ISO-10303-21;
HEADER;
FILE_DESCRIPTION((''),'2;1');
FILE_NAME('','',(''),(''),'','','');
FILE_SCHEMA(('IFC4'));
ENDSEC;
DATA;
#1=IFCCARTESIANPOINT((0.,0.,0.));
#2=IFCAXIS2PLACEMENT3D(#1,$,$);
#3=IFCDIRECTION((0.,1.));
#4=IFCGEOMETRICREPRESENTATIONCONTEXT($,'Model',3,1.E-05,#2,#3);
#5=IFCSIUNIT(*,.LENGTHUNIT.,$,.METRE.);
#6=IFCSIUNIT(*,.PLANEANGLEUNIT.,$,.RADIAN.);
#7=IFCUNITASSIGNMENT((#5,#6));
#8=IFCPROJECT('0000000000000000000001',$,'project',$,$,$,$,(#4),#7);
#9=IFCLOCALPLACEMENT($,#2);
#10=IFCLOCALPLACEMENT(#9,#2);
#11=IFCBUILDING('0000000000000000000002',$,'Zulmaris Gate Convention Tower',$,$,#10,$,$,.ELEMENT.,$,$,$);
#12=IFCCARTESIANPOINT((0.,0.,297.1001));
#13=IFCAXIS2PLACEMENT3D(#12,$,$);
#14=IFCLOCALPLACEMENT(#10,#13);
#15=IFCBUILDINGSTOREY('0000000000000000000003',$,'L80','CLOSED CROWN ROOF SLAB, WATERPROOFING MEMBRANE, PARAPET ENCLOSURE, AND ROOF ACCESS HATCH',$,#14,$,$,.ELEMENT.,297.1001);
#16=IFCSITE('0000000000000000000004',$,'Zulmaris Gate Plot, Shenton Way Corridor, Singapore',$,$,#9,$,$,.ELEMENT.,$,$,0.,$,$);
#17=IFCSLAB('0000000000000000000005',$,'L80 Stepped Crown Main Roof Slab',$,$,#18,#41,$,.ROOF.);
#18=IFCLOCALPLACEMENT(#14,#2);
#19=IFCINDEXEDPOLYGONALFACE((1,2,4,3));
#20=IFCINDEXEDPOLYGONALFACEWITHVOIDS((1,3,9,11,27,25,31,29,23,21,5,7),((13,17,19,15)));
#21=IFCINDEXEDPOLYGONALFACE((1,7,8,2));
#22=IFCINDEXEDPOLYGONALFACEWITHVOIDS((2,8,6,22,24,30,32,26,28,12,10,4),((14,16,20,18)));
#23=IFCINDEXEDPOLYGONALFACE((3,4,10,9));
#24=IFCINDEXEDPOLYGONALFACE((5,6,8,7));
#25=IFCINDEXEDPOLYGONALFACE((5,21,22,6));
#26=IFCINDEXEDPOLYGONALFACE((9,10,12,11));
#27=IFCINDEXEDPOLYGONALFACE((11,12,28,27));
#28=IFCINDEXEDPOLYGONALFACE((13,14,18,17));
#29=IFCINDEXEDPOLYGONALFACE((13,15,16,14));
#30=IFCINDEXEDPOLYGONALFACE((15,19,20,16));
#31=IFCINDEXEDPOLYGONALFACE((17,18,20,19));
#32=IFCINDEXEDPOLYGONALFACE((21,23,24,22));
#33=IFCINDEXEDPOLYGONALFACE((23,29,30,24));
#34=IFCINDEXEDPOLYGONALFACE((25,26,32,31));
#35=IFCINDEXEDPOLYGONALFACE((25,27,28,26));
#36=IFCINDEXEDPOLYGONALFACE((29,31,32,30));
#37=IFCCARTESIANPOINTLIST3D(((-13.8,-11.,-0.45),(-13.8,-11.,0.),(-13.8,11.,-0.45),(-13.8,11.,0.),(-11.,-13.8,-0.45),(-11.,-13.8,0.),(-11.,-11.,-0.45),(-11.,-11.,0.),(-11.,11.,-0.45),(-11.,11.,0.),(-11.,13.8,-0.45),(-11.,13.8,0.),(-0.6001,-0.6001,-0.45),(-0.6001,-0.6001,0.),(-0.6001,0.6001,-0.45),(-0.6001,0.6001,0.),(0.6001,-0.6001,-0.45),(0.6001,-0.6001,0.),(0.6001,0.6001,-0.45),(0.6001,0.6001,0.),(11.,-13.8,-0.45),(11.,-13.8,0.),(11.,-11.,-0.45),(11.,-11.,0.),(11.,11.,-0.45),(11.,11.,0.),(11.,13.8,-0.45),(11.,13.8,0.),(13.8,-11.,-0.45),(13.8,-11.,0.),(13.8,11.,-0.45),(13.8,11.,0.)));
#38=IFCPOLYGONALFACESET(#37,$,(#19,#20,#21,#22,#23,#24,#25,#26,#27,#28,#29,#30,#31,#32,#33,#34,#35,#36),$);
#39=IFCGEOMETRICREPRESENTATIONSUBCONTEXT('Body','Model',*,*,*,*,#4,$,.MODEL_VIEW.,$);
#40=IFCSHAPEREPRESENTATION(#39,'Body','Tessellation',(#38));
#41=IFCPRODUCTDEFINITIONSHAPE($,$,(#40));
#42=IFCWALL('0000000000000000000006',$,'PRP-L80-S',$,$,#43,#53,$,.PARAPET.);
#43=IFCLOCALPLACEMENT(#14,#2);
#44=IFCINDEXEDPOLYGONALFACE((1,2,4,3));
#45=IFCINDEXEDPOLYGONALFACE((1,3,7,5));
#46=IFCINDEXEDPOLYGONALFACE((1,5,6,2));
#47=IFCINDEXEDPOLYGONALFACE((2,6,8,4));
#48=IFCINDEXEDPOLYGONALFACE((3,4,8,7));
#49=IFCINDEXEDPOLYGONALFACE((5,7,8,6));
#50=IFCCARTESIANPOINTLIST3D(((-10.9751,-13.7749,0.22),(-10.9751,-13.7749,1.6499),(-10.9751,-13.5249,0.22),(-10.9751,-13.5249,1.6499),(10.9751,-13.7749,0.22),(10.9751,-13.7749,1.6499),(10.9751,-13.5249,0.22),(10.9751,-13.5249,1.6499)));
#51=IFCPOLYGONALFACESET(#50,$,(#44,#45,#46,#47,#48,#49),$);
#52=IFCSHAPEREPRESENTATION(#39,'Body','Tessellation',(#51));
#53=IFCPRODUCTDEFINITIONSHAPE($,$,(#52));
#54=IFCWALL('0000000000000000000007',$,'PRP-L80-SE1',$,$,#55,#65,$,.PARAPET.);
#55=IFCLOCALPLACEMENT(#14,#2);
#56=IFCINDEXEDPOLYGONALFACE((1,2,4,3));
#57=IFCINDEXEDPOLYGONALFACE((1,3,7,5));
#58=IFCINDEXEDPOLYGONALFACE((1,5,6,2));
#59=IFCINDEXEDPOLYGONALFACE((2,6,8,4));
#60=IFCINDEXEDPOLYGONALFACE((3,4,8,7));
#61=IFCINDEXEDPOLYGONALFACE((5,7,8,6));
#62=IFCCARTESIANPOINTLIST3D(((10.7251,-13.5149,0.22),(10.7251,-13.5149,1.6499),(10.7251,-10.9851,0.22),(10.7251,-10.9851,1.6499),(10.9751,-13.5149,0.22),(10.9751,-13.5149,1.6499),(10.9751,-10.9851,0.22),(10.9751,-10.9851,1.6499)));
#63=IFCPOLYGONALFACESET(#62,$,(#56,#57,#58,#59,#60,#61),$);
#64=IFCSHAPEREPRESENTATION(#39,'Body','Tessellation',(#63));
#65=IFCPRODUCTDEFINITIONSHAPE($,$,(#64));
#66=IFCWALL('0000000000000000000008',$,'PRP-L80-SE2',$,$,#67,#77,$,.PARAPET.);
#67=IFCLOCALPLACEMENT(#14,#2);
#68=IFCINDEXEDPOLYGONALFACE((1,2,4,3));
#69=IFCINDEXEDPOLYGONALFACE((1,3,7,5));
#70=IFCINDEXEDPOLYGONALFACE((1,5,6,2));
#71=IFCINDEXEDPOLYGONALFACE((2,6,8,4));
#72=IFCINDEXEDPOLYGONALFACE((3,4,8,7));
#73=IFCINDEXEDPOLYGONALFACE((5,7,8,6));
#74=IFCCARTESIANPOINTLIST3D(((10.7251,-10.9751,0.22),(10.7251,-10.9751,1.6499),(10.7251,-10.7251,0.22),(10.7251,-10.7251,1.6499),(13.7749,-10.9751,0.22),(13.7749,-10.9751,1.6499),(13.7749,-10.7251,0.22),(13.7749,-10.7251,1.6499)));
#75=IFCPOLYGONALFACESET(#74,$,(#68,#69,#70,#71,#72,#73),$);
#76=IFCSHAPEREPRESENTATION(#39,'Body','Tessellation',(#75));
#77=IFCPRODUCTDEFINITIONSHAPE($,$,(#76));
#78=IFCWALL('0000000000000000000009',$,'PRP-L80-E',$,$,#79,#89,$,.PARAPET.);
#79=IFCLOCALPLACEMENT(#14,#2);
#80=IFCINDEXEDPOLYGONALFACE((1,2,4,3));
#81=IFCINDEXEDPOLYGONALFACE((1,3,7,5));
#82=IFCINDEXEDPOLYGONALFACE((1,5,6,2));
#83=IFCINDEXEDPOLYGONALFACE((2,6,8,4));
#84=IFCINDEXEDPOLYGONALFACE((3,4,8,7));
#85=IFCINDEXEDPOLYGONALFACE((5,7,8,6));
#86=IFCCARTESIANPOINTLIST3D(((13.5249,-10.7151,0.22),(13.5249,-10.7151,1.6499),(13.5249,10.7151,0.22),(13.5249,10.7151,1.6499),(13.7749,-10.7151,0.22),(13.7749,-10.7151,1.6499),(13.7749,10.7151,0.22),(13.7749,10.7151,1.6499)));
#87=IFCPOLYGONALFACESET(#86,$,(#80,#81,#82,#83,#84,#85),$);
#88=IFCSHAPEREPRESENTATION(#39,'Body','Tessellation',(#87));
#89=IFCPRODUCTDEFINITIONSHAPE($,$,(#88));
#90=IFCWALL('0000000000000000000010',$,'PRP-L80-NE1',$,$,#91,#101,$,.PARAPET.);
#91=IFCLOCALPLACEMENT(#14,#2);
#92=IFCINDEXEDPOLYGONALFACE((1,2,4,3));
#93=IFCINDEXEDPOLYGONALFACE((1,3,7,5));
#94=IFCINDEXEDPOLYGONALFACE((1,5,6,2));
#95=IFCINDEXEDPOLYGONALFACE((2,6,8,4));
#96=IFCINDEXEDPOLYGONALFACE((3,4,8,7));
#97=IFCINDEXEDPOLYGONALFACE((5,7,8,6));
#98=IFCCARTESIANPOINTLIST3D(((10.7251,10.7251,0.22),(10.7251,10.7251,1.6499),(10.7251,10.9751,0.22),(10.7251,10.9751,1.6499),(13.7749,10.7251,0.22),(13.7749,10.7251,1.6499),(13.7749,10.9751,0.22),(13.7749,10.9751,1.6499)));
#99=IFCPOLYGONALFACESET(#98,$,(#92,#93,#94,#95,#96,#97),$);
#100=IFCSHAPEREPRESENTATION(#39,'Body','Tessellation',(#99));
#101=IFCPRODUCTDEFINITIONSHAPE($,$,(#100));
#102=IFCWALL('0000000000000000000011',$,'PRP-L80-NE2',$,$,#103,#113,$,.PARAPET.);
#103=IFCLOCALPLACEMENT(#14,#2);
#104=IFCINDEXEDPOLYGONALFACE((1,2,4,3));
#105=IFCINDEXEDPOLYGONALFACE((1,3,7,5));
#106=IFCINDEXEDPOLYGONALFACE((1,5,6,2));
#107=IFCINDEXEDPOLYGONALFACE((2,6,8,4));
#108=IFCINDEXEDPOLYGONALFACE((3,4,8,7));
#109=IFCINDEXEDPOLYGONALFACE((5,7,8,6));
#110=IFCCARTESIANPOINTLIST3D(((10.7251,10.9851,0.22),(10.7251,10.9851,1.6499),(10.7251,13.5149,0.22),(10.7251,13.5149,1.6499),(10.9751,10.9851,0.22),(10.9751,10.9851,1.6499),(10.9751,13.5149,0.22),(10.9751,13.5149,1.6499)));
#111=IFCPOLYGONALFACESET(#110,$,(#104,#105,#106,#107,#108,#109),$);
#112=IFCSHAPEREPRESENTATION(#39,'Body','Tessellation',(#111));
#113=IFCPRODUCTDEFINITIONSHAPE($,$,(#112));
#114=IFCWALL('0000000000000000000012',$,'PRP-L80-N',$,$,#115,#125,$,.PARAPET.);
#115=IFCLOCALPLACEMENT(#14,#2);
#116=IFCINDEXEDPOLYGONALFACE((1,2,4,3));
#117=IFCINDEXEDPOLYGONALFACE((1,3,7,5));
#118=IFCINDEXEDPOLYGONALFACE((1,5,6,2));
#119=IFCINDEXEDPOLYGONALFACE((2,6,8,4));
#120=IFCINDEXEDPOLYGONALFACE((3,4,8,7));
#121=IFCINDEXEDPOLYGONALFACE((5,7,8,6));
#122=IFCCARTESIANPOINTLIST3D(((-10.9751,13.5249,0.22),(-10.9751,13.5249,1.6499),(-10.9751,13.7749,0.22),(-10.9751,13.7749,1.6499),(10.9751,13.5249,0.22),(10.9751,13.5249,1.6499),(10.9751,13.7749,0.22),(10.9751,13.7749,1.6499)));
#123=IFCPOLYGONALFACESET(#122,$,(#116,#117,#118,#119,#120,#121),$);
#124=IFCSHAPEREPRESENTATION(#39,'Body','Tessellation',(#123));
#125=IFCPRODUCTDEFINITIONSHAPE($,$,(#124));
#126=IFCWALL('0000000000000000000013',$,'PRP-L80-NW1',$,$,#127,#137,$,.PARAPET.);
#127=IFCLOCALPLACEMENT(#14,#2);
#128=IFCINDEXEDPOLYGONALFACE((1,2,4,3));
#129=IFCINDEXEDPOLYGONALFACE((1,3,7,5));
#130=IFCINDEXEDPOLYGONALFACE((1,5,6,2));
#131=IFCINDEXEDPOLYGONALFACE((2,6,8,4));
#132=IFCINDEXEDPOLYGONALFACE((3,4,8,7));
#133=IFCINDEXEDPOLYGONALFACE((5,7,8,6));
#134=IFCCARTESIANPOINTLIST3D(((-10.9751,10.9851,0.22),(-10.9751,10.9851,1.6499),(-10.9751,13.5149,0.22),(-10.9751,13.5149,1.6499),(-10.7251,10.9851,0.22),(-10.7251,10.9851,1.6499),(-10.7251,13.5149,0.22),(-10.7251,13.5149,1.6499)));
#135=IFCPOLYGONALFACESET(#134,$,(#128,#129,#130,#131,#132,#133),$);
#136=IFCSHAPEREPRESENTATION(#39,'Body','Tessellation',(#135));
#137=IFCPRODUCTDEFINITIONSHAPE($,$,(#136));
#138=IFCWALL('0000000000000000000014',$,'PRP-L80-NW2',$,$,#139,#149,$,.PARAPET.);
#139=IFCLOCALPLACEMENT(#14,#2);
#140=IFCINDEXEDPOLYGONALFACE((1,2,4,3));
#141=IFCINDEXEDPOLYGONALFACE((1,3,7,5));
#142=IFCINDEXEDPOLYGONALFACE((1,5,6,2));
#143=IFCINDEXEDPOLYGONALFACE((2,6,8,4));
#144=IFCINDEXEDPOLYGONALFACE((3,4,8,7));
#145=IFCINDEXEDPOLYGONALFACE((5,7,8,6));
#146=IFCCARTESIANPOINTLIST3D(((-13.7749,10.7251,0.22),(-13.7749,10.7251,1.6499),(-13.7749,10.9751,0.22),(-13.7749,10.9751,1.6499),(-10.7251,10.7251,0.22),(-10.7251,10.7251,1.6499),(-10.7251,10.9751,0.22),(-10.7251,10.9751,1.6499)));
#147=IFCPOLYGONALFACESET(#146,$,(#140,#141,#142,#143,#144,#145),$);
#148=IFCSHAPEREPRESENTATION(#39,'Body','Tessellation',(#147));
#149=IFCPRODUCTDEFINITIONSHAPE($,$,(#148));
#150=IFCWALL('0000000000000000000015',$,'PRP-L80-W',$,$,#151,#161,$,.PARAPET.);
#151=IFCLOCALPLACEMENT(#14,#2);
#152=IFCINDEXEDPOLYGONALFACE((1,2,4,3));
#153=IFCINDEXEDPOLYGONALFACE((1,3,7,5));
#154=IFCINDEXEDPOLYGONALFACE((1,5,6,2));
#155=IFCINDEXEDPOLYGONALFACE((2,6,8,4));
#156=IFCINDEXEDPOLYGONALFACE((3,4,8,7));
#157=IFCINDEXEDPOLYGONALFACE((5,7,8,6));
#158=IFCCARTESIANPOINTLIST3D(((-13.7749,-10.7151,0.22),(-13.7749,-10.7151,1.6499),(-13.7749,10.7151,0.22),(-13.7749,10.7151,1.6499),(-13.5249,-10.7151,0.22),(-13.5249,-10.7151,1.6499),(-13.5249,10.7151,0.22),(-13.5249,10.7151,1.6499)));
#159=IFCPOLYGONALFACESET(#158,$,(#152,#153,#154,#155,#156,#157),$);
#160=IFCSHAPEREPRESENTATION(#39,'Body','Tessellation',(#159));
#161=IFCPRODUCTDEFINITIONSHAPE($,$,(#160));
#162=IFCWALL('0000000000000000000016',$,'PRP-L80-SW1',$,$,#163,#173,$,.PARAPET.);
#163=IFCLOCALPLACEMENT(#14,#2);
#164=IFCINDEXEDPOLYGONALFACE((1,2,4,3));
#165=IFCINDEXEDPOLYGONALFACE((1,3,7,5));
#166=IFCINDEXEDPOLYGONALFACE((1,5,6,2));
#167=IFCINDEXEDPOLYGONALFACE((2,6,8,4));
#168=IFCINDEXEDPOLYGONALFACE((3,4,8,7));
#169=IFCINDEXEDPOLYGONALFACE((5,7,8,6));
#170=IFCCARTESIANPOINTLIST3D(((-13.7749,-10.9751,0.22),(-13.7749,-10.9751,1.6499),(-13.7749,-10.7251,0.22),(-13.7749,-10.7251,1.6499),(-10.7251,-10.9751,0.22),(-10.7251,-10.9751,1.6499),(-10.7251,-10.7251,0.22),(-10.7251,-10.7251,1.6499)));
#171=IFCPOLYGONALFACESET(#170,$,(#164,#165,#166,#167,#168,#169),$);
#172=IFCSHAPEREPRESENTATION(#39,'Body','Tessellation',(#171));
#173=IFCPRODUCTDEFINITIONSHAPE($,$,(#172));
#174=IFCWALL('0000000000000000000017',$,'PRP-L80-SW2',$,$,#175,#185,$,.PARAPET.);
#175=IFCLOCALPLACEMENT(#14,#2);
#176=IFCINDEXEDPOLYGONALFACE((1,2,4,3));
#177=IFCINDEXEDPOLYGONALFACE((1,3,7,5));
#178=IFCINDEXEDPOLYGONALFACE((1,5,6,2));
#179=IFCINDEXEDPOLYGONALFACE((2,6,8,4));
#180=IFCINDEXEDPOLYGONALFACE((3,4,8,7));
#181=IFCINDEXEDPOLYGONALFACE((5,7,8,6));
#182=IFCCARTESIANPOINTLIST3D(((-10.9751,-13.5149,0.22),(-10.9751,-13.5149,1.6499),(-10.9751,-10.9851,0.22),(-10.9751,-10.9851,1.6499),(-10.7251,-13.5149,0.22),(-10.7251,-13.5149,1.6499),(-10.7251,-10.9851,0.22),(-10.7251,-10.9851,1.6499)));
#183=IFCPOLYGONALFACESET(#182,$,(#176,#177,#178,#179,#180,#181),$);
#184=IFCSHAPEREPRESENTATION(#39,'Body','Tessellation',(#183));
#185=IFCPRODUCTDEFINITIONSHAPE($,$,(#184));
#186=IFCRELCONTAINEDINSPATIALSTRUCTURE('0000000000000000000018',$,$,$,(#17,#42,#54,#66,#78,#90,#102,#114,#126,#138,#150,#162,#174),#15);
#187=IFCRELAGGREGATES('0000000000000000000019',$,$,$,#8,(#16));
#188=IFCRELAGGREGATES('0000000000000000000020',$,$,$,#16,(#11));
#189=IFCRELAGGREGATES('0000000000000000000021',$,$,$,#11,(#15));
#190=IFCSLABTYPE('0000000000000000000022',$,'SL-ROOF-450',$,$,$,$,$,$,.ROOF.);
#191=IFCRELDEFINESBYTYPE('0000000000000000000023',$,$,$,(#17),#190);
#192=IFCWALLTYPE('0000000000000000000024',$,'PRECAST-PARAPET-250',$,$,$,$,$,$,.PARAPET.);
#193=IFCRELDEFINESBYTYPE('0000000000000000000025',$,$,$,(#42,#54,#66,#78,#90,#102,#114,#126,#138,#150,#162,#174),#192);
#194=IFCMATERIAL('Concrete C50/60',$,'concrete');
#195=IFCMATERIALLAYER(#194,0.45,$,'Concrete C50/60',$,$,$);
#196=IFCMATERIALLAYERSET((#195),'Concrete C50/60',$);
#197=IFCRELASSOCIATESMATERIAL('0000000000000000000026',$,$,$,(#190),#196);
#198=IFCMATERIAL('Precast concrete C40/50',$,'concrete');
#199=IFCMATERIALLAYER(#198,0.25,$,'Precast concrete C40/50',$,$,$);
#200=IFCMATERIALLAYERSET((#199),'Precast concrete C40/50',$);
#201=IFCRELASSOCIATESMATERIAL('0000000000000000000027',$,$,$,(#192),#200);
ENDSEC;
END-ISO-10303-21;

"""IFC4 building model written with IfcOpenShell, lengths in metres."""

from ifc_helpers import new_model, si_unit, direction, frame, frame_2d, origin, place, context, subcontext, project, spatial, polyline, rectangle, outline, extrude, material, layer, layer_set, type_object, element, save


model = new_model("IFC4")

# Units and contexts
model_context = context("Model", 3, precision=1e-05, world=origin(), true_north=direction((0.0, 1.0)))
body_context = subcontext(model_context, "Body", "Model", "MODEL_VIEW")
ifc_project = project(units=[si_unit("LENGTHUNIT", "METRE"), si_unit("PLANEANGLEUNIT", "RADIAN")], contexts=[model_context])

# Site, building, storey
site_placement = place(None, origin())
site = spatial("IfcSite", under=ifc_project, at=site_placement, Name="Zulmaris Gate Plot, Shenton Way Corridor, Singapore", CompositionType="ELEMENT", RefElevation=0.0)
building_placement = place(site_placement, origin())
building = spatial("IfcBuilding", under=site, at=building_placement, Name="Zulmaris Gate Convention Tower", CompositionType="ELEMENT")
storey_placement = place(building_placement, frame((0.0, 0.0, 297.1001)))
storey = spatial("IfcBuildingStorey", under=building, at=storey_placement, Name="L80", Description="CLOSED CROWN ROOF SLAB, WATERPROOFING MEMBRANE, PARAPET ENCLOSURE, AND ROOF ACCESS HATCH", CompositionType="ELEMENT", Elevation=297.1001)

# Slab
ifc_material_1 = material(Name="Concrete C50/60", Category="concrete")
ifc_layer_1 = layer(ifc_material_1, 0.45, Name="Concrete C50/60")
ifc_layer_set_1 = layer_set([ifc_layer_1], Name="Concrete C50/60")
slab_type_1 = type_object("IfcSlabType", Name="SL-ROOF-450", PredefinedType="ROOF", material=ifc_layer_set_1)
slab_placement = place(storey_placement, frame((0.0, 0.0, -0.45)))
element("IfcSlab", 1, at=slab_placement, inside=storey, type_object=slab_type_1, Name="L80 Stepped Crown Main Roof Slab", PredefinedType="ROOF", context=body_context, shape_type="SweptSolid", body=[
    extrude(outline(polyline([(-11.0, -13.8), (11.0, -13.8), (11.0, -11.0), (13.8, -11.0), (13.8, 11.0), (11.0, 11.0), (11.0, 13.8), (-11.0, 13.8), (-11.0, 11.0), (-13.8, 11.0), (-13.8, -11.0), (-11.0, -11.0), (-11.0, -13.8)]), holes=[polyline([(-0.6001, -0.6001), (0.6001, -0.6001), (0.6001, 0.6001), (-0.6001, 0.6001), (-0.6001, -0.6001)])]), origin(), (0.0, 0.0, 1.0), 0.45),
])

# Walls
ifc_material_2 = material(Name="Precast concrete C40/50", Category="concrete")
ifc_layer_2 = layer(ifc_material_2, 0.25, Name="Precast concrete C40/50")
ifc_layer_set_2 = layer_set([ifc_layer_2], Name="Precast concrete C40/50")
wall_type = type_object("IfcWallType", Name="PRECAST-PARAPET-250", PredefinedType="PARAPET", material=ifc_layer_set_2)
wall_1_placement = place(storey_placement, frame((-10.9751, -13.6499, 0.22), z_axis=(0.0, 0.0, 1.0), x_axis=(1.0, 0.0, 0.0)))
element("IfcWall", 2, at=wall_1_placement, inside=storey, type_object=wall_type, Name="PRP-L80-S", PredefinedType="PARAPET", context=body_context, shape_type="SweptSolid", body=[
    extrude(rectangle(XDim=21.9502, YDim=0.25, at=frame_2d((10.9751, 0.0))), origin(), (0.0, 0.0, 1.0), 1.4299),
])
wall_2_placement = place(storey_placement, frame((10.8501, -13.5149, 0.22), z_axis=(0.0, 0.0, 1.0), x_axis=(0.0, 1.0, 0.0)))
element("IfcWall", 3, at=wall_2_placement, inside=storey, type_object=wall_type, Name="PRP-L80-SE1", PredefinedType="PARAPET", context=body_context, shape_type="SweptSolid", body=[
    extrude(rectangle(XDim=2.5298, YDim=0.25, at=frame_2d((1.2649, 0.0))), origin(), (0.0, 0.0, 1.0), 1.4299),
])
wall_3_placement = place(storey_placement, frame((10.7251, -10.8501, 0.22), z_axis=(0.0, 0.0, 1.0), x_axis=(1.0, 0.0, 0.0)))
element("IfcWall", 4, at=wall_3_placement, inside=storey, type_object=wall_type, Name="PRP-L80-SE2", PredefinedType="PARAPET", context=body_context, shape_type="SweptSolid", body=[
    extrude(rectangle(XDim=3.0498, YDim=0.25, at=frame_2d((1.5249, 0.0))), origin(), (0.0, 0.0, 1.0), 1.4299),
])
wall_4_placement = place(storey_placement, frame((13.6499, -10.7151, 0.22), z_axis=(0.0, 0.0, 1.0), x_axis=(0.0, 1.0, 0.0)))
element("IfcWall", 5, at=wall_4_placement, inside=storey, type_object=wall_type, Name="PRP-L80-E", PredefinedType="PARAPET", context=body_context, shape_type="SweptSolid", body=[
    extrude(rectangle(XDim=21.4302, YDim=0.25, at=frame_2d((10.7151, 0.0))), origin(), (0.0, 0.0, 1.0), 1.4299),
])
wall_5_placement = place(storey_placement, frame((13.7749, 10.8501, 0.22), z_axis=(0.0, 0.0, 1.0), x_axis=(-1.0, 0.0, 0.0)))
element("IfcWall", 6, at=wall_5_placement, inside=storey, type_object=wall_type, Name="PRP-L80-NE1", PredefinedType="PARAPET", context=body_context, shape_type="SweptSolid", body=[
    extrude(rectangle(XDim=3.0498, YDim=0.25, at=frame_2d((1.5249, 0.0))), origin(), (0.0, 0.0, 1.0), 1.4299),
])
wall_6_placement = place(storey_placement, frame((10.8501, 10.9851, 0.22), z_axis=(0.0, 0.0, 1.0), x_axis=(0.0, 1.0, 0.0)))
element("IfcWall", 7, at=wall_6_placement, inside=storey, type_object=wall_type, Name="PRP-L80-NE2", PredefinedType="PARAPET", context=body_context, shape_type="SweptSolid", body=[
    extrude(rectangle(XDim=2.5298, YDim=0.25, at=frame_2d((1.2649, 0.0))), origin(), (0.0, 0.0, 1.0), 1.4299),
])
wall_7_placement = place(storey_placement, frame((10.9751, 13.6499, 0.22), z_axis=(0.0, 0.0, 1.0), x_axis=(-1.0, 0.0, 0.0)))
element("IfcWall", 8, at=wall_7_placement, inside=storey, type_object=wall_type, Name="PRP-L80-N", PredefinedType="PARAPET", context=body_context, shape_type="SweptSolid", body=[
    extrude(rectangle(XDim=21.9502, YDim=0.25, at=frame_2d((10.9751, 0.0))), origin(), (0.0, 0.0, 1.0), 1.4299),
])
wall_8_placement = place(storey_placement, frame((-10.8501, 13.5149, 0.22), z_axis=(0.0, 0.0, 1.0), x_axis=(0.0, -1.0, 0.0)))
element("IfcWall", 9, at=wall_8_placement, inside=storey, type_object=wall_type, Name="PRP-L80-NW1", PredefinedType="PARAPET", context=body_context, shape_type="SweptSolid", body=[
    extrude(rectangle(XDim=2.5298, YDim=0.25, at=frame_2d((1.2649, 0.0))), origin(), (0.0, 0.0, 1.0), 1.4299),
])
wall_9_placement = place(storey_placement, frame((-10.7251, 10.8501, 0.22), z_axis=(0.0, 0.0, 1.0), x_axis=(-1.0, 0.0, 0.0)))
element("IfcWall", 10, at=wall_9_placement, inside=storey, type_object=wall_type, Name="PRP-L80-NW2", PredefinedType="PARAPET", context=body_context, shape_type="SweptSolid", body=[
    extrude(rectangle(XDim=3.0498, YDim=0.25, at=frame_2d((1.5249, 0.0))), origin(), (0.0, 0.0, 1.0), 1.4299),
])
wall_10_placement = place(storey_placement, frame((-13.6499, 10.7151, 0.22), z_axis=(0.0, 0.0, 1.0), x_axis=(0.0, -1.0, 0.0)))
element("IfcWall", 11, at=wall_10_placement, inside=storey, type_object=wall_type, Name="PRP-L80-W", PredefinedType="PARAPET", context=body_context, shape_type="SweptSolid", body=[
    extrude(rectangle(XDim=21.4302, YDim=0.25, at=frame_2d((10.7151, 0.0))), origin(), (0.0, 0.0, 1.0), 1.4299),
])
wall_11_placement = place(storey_placement, frame((-13.7749, -10.8501, 0.22), z_axis=(0.0, 0.0, 1.0), x_axis=(1.0, 0.0, 0.0)))
element("IfcWall", 12, at=wall_11_placement, inside=storey, type_object=wall_type, Name="PRP-L80-SW1", PredefinedType="PARAPET", context=body_context, shape_type="SweptSolid", body=[
    extrude(rectangle(XDim=3.0498, YDim=0.25, at=frame_2d((1.5249, 0.0))), origin(), (0.0, 0.0, 1.0), 1.4299),
])
wall_12_placement = place(storey_placement, frame((-10.8501, -10.9851, 0.22), z_axis=(0.0, 0.0, 1.0), x_axis=(0.0, -1.0, 0.0)))
element("IfcWall", 13, at=wall_12_placement, inside=storey, type_object=wall_type, Name="PRP-L80-SW2", PredefinedType="PARAPET", context=body_context, shape_type="SweptSolid", body=[
    extrude(rectangle(XDim=2.5298, YDim=0.25, at=frame_2d((1.2649, 0.0))), origin(), (0.0, 0.0, 1.0), 1.4299),
])

save(model, "model.ifc")
